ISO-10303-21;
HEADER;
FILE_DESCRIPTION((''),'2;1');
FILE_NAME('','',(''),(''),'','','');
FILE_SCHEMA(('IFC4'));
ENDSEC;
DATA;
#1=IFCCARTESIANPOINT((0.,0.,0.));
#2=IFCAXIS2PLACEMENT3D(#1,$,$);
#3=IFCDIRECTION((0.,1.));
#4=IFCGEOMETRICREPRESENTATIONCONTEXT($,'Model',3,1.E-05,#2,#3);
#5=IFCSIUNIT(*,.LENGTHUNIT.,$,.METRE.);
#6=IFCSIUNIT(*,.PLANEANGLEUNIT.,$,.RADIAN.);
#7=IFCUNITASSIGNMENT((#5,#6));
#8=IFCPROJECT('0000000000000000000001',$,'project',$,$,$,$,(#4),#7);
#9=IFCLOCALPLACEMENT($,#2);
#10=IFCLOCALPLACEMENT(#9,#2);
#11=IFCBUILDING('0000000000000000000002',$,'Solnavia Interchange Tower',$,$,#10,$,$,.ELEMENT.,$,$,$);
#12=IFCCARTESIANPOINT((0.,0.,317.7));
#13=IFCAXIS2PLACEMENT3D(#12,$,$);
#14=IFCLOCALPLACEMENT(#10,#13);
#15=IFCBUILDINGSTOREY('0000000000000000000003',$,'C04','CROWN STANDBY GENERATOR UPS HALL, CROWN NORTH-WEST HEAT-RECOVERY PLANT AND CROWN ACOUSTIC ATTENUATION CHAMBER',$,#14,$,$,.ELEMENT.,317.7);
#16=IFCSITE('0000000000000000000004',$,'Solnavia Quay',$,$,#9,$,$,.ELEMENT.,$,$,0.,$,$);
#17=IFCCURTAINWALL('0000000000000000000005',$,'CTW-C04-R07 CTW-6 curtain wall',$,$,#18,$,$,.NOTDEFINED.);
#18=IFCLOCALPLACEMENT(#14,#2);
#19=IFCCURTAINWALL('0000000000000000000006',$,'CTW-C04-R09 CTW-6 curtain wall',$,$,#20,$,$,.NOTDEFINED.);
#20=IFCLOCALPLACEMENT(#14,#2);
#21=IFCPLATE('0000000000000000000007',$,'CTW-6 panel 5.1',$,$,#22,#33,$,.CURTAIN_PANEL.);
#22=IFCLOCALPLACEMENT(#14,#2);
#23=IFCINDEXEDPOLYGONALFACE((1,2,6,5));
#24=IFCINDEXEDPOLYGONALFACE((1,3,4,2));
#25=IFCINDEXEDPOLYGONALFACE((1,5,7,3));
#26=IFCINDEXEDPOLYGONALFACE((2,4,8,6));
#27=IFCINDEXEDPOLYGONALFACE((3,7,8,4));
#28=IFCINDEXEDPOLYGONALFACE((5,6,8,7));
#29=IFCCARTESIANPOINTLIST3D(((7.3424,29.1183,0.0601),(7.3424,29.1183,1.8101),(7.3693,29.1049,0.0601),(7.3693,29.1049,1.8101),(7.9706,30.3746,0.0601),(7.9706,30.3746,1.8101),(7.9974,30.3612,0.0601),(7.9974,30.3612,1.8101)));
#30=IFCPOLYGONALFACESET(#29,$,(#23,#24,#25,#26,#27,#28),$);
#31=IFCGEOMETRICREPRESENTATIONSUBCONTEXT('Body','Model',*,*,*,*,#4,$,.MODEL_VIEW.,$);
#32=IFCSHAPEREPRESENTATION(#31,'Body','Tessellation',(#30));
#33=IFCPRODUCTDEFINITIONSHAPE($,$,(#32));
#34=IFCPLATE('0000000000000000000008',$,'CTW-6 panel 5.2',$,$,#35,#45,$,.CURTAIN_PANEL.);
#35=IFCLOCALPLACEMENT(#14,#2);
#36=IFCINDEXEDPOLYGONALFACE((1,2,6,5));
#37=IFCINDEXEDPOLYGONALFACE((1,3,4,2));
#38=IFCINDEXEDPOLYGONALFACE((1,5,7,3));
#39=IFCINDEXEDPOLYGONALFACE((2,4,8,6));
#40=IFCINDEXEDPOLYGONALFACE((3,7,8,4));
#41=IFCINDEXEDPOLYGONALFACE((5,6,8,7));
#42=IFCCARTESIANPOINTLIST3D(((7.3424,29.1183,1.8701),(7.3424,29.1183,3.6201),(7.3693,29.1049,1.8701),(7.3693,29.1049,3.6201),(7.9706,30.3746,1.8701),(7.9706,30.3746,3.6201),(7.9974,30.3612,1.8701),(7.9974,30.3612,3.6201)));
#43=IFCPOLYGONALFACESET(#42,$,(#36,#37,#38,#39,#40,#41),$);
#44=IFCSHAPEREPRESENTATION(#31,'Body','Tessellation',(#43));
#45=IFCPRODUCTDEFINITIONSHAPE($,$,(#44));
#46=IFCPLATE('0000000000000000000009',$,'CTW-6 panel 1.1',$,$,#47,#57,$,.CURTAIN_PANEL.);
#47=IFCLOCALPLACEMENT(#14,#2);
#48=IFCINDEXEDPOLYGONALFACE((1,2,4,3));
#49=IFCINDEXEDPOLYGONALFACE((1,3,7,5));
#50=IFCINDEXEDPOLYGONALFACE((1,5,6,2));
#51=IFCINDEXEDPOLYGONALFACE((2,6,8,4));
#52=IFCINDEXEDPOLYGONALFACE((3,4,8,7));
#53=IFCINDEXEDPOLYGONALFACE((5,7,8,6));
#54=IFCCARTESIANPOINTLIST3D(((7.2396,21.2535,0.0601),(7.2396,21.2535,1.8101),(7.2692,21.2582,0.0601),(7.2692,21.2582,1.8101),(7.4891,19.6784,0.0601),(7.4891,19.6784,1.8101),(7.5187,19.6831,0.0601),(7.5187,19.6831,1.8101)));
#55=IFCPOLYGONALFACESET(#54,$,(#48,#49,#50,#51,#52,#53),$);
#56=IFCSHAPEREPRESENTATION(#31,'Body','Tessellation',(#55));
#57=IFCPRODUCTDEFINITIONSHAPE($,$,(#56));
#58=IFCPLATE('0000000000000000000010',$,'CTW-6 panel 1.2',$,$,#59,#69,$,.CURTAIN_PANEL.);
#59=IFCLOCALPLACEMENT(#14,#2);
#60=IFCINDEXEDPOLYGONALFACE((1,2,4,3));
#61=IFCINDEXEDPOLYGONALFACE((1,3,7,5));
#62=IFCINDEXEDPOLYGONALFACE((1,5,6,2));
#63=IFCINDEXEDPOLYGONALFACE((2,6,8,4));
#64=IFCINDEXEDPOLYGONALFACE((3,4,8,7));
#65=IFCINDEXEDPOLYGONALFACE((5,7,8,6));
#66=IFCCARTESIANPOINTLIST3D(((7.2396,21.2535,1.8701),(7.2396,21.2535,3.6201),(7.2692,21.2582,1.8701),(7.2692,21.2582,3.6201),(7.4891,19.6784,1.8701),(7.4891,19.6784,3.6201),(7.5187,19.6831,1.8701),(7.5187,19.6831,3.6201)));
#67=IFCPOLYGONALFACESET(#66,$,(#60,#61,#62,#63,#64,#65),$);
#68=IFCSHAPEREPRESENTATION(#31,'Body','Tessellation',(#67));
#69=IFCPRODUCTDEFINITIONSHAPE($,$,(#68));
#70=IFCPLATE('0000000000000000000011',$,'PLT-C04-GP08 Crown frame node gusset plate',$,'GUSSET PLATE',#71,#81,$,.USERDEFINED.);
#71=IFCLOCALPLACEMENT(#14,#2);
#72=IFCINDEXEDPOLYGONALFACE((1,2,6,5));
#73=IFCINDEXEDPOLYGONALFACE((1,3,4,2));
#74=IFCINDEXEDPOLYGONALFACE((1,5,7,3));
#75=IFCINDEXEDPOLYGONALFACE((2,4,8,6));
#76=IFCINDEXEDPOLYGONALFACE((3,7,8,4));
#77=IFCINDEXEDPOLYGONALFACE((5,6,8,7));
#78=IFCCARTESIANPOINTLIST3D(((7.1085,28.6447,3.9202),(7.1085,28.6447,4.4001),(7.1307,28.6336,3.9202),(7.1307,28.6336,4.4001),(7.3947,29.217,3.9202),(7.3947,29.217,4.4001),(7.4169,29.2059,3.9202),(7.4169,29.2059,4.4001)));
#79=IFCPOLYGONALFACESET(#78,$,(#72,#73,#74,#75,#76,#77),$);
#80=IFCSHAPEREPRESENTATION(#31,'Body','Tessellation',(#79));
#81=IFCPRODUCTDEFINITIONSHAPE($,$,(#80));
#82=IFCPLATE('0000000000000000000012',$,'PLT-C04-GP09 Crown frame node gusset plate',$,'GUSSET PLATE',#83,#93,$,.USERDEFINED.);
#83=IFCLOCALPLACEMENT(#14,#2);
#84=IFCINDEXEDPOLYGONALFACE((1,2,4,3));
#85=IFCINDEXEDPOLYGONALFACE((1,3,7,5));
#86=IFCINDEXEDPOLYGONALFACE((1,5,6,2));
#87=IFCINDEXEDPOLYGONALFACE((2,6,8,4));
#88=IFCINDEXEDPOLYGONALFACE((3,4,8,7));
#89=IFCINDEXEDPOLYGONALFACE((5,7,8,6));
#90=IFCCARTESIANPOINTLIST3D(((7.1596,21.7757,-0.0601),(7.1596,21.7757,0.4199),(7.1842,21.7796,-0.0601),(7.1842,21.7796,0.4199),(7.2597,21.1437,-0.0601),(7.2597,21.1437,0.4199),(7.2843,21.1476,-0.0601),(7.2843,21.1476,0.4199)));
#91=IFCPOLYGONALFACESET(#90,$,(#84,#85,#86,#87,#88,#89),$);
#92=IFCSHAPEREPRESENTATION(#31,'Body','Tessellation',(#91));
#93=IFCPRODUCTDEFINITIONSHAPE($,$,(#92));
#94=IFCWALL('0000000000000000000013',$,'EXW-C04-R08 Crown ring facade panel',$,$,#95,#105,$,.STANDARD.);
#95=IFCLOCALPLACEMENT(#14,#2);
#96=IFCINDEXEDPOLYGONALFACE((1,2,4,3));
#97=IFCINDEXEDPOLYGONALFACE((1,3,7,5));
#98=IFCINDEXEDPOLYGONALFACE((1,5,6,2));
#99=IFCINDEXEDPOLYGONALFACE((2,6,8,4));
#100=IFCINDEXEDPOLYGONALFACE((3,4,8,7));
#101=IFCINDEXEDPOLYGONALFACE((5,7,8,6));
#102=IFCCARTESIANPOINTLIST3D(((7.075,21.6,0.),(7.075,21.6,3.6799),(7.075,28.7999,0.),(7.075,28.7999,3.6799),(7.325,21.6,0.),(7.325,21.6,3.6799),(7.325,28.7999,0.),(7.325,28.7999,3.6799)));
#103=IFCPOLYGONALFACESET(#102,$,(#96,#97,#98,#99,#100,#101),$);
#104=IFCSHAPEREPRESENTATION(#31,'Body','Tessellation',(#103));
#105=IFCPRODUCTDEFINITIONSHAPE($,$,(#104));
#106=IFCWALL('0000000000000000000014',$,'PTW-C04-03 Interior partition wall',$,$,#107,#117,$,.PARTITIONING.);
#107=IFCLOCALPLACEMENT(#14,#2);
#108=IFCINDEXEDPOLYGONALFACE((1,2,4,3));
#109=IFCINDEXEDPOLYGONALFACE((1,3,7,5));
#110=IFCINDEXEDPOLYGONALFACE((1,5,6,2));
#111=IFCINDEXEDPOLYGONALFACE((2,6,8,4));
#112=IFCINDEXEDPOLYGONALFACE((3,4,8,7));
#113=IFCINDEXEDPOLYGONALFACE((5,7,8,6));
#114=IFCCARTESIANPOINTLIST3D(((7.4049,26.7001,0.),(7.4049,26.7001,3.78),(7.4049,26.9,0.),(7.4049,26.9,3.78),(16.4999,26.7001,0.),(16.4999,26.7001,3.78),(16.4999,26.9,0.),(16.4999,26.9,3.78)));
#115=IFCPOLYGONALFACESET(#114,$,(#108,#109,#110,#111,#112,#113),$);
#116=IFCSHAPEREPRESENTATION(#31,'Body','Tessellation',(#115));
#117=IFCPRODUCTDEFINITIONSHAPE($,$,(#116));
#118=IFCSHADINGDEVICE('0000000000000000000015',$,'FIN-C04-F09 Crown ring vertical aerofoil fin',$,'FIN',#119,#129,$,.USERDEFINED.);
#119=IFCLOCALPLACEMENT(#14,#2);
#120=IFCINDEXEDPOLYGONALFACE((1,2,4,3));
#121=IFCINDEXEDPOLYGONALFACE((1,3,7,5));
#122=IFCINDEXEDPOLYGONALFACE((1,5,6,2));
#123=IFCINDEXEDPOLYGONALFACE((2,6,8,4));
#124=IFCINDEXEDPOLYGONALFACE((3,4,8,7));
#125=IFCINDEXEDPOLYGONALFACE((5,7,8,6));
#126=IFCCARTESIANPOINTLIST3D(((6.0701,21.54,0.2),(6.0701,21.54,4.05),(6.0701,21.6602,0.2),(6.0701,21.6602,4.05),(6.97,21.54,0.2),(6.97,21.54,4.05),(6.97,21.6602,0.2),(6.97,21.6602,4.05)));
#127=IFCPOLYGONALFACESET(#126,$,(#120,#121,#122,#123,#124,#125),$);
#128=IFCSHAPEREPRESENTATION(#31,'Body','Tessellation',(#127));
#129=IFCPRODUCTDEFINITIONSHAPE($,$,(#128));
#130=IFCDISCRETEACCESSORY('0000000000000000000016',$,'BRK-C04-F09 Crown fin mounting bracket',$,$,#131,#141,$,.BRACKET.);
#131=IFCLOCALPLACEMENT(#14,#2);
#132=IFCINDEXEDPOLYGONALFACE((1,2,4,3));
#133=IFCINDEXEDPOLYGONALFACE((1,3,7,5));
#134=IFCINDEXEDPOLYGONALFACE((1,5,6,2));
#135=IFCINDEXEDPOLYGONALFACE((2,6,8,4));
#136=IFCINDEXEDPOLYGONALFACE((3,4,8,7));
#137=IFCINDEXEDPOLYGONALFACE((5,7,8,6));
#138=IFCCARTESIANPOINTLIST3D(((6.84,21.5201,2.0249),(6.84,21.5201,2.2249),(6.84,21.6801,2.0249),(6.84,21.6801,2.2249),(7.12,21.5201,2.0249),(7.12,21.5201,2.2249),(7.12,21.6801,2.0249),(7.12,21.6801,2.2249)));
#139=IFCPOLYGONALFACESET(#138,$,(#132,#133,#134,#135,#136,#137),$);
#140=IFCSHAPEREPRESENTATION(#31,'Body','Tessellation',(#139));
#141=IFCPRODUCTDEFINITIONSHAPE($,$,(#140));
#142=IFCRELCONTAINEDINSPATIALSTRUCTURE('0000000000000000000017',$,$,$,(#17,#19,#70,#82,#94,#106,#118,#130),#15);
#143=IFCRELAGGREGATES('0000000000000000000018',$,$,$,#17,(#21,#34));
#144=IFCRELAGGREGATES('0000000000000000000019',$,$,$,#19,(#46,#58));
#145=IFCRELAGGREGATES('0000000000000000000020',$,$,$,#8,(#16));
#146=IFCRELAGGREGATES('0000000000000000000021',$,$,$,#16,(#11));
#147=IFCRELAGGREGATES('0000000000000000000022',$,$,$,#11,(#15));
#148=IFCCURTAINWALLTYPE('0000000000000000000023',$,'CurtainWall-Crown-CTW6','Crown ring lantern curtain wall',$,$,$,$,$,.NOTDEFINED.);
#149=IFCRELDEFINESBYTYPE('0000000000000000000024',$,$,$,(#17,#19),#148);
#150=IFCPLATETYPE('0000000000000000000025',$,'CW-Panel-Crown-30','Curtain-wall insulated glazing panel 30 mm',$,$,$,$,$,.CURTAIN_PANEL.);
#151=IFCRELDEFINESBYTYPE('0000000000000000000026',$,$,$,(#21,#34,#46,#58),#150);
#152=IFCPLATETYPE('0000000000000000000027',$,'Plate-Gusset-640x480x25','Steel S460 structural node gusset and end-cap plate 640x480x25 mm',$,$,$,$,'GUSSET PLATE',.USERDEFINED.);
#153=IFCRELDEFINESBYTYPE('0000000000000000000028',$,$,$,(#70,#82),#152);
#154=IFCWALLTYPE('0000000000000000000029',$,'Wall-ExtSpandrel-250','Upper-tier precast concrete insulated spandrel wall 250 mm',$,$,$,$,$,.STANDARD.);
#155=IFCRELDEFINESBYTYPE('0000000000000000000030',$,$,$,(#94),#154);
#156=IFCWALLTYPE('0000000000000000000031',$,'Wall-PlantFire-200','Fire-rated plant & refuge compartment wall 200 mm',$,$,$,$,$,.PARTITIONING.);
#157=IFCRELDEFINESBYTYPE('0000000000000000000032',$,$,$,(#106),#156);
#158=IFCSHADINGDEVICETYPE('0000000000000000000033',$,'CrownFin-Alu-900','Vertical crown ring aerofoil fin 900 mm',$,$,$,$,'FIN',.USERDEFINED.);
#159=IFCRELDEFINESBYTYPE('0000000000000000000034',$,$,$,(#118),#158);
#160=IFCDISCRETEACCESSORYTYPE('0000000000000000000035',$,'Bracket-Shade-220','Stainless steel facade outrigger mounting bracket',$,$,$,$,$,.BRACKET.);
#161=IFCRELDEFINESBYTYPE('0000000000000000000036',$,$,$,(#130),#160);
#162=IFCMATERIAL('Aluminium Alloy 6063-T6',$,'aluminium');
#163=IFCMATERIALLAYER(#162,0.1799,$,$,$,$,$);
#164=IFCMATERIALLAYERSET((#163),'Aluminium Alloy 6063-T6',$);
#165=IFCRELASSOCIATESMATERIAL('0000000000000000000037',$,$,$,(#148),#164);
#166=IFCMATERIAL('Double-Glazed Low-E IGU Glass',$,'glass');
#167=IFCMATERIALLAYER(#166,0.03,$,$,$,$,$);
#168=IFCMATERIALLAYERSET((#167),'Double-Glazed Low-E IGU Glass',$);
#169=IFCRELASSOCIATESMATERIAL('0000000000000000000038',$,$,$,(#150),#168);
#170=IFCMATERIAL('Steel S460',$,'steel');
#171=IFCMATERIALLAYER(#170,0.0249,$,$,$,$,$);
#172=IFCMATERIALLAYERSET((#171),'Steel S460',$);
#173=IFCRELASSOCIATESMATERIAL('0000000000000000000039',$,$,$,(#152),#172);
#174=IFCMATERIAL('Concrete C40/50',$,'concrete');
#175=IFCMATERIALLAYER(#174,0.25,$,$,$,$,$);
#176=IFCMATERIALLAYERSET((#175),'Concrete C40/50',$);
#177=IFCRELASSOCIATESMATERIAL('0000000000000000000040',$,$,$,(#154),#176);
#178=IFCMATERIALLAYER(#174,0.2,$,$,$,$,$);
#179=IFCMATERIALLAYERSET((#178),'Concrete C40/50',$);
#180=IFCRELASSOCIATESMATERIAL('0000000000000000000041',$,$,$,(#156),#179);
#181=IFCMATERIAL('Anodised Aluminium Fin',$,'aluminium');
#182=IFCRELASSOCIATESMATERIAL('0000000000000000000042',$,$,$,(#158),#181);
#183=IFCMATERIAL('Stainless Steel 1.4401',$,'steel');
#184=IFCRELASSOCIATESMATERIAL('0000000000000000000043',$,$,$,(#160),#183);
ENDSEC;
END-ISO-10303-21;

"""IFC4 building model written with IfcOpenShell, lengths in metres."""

from ifc_helpers import new_model, si_unit, direction, frame, frame_2d, origin, origin_2d, place, context, subcontext, project, spatial, rectangle, extrude, material, layer, layer_set, type_object, element, aggregate, save


model = new_model("IFC4")

# Units and contexts
model_context = context("Model", 3, precision=1e-05, world=origin(), true_north=direction((0.0, 1.0)))
body_context = subcontext(model_context, "Body", "Model", "MODEL_VIEW")
ifc_project = project(units=[si_unit("LENGTHUNIT", "METRE"), si_unit("PLANEANGLEUNIT", "RADIAN")], contexts=[model_context])

# Site, building, storey
site_placement = place(None, origin())
site = spatial("IfcSite", under=ifc_project, at=site_placement, Name="Solnavia Quay", CompositionType="ELEMENT", RefElevation=0.0)
building_placement = place(site_placement, origin())
building = spatial("IfcBuilding", under=site, at=building_placement, Name="Solnavia Interchange Tower", CompositionType="ELEMENT")
storey_placement = place(building_placement, frame((0.0, 0.0, 317.7)))
storey = spatial("IfcBuildingStorey", under=building, at=storey_placement, Name="C04", Description="CROWN STANDBY GENERATOR UPS HALL, CROWN NORTH-WEST HEAT-RECOVERY PLANT AND CROWN ACOUSTIC ATTENUATION CHAMBER", CompositionType="ELEMENT", Elevation=317.7)

# Shared definitions
ifc_material_1 = material(Name="Steel S460", Category="steel")

# Curtain walls
ifc_material_2 = material(Name="Aluminium Alloy 6063-T6", Category="aluminium")
ifc_layer_1 = layer(ifc_material_2, 0.1799)
ifc_layer_set_1 = layer_set([ifc_layer_1], Name="Aluminium Alloy 6063-T6")
curtain_wall_type = type_object("IfcCurtainWallType", Name="CurtainWall-Crown-CTW6", Description="Crown ring lantern curtain wall", PredefinedType="NOTDEFINED", material=ifc_layer_set_1)
curtain_wall_1_placement = place(storey_placement, origin())
curtain_wall_1 = element("IfcCurtainWall", 1, at=curtain_wall_1_placement, inside=storey, type_object=curtain_wall_type, Name="CTW-C04-R07 CTW-6 curtain wall", PredefinedType="NOTDEFINED")
curtain_wall_2_placement = place(storey_placement, origin())
curtain_wall_2 = element("IfcCurtainWall", 2, at=curtain_wall_2_placement, inside=storey, type_object=curtain_wall_type, Name="CTW-C04-R09 CTW-6 curtain wall", PredefinedType="NOTDEFINED")

# Plates
ifc_material_3 = material(Name="Double-Glazed Low-E IGU Glass", Category="glass")
ifc_layer_2 = layer(ifc_material_3, 0.03)
ifc_layer_set_2 = layer_set([ifc_layer_2], Name="Double-Glazed Low-E IGU Glass")
plate_type_1 = type_object("IfcPlateType", Name="CW-Panel-Crown-30", Description="Curtain-wall insulated glazing panel 30 mm", PredefinedType="CURTAIN_PANEL", material=ifc_layer_set_2)
plate_1_placement = place(storey_placement, frame((7.6699, 29.7397, 0.0601), z_axis=(0.0, 0.0, 1.0), x_axis=(-0.447214, -0.894427, 0.0)))
plate_1 = element("IfcPlate", 3, at=plate_1_placement, type_object=plate_type_1, Name="CTW-6 panel 5.1", PredefinedType="CURTAIN_PANEL", context=body_context, shape_type="SweptSolid", body=[
    extrude(rectangle(XDim=1.4045, YDim=0.03, at=origin_2d()), origin(), (0.0, 0.0, 1.0), 1.75),
])
plate_2_placement = place(storey_placement, frame((7.6699, 29.7397, 1.8701), z_axis=(0.0, 0.0, 1.0), x_axis=(-0.447214, -0.894427, 0.0)))
plate_2 = element("IfcPlate", 4, at=plate_2_placement, type_object=plate_type_1, Name="CTW-6 panel 5.2", PredefinedType="CURTAIN_PANEL", context=body_context, shape_type="SweptSolid", body=[
    extrude(rectangle(XDim=1.4045, YDim=0.03, at=origin_2d()), origin(), (0.0, 0.0, 1.0), 1.75),
])
aggregate(curtain_wall_1, [plate_1, plate_2])
plate_3_placement = place(storey_placement, frame((7.3792, 20.4683, 0.0601), z_axis=(0.0, 0.0, 1.0), x_axis=(0.156456, -0.987685, 0.0)))
plate_3 = element("IfcPlate", 5, at=plate_3_placement, type_object=plate_type_1, Name="CTW-6 panel 1.1", PredefinedType="CURTAIN_PANEL", context=body_context, shape_type="SweptSolid", body=[
    extrude(rectangle(XDim=1.5947, YDim=0.03, at=origin_2d()), origin(), (0.0, 0.0, 1.0), 1.75),
])
plate_4_placement = place(storey_placement, frame((7.3792, 20.4683, 1.8701), z_axis=(0.0, 0.0, 1.0), x_axis=(0.156456, -0.987685, 0.0)))
plate_4 = element("IfcPlate", 6, at=plate_4_placement, type_object=plate_type_1, Name="CTW-6 panel 1.2", PredefinedType="CURTAIN_PANEL", context=body_context, shape_type="SweptSolid", body=[
    extrude(rectangle(XDim=1.5947, YDim=0.03, at=origin_2d()), origin(), (0.0, 0.0, 1.0), 1.75),
])
aggregate(curtain_wall_2, [plate_3, plate_4])

# Plates
ifc_layer_3 = layer(ifc_material_1, 0.0249)
ifc_layer_set_3 = layer_set([ifc_layer_3], Name="Steel S460")
plate_type_2 = type_object("IfcPlateType", Name="Plate-Gusset-640x480x25", Description="Steel S460 structural node gusset and end-cap plate 640x480x25 mm", ElementType="GUSSET PLATE", PredefinedType="USERDEFINED", material=ifc_layer_set_3)
for number, where, z_axis, x_axis, name in (
    (7, (7.2627, 28.9253, 3.9202), (0.0, 0.0, 1.0), (-0.447291, -0.894389, 0.0), "PLT-C04-GP08 Crown frame node gusset plate"),
    (8, (7.2219, 21.4617, -0.0601), (0.0, 0.0, 1.0), (0.156434, -0.987688, 0.0), "PLT-C04-GP09 Crown frame node gusset plate"),
):
    element("IfcPlate", number, at=place(storey_placement, frame(where, z_axis=z_axis, x_axis=x_axis)), inside=storey, type_object=plate_type_2, Name=name, ObjectType="GUSSET PLATE", PredefinedType="USERDEFINED", context=body_context, shape_type="SweptSolid", body=[
        extrude(rectangle(XDim=0.6399, YDim=0.0249, at=origin_2d()), origin(), (0.0, 0.0, 1.0), 0.48),
    ])

# Walls
ifc_material_4 = material(Name="Concrete C40/50", Category="concrete")
ifc_layer_4 = layer(ifc_material_4, 0.25)
ifc_layer_set_4 = layer_set([ifc_layer_4], Name="Concrete C40/50")
wall_type_1 = type_object("IfcWallType", Name="Wall-ExtSpandrel-250", Description="Upper-tier precast concrete insulated spandrel wall 250 mm", PredefinedType="STANDARD", material=ifc_layer_set_4)
wall_1_placement = place(storey_placement, frame((7.2, 28.8, 0.0), z_axis=(0.0, 0.0, 1.0), x_axis=(0.0, -1.0, 0.0)))
element("IfcWall", 9, at=wall_1_placement, inside=storey, type_object=wall_type_1, Name="EXW-C04-R08 Crown ring facade panel", PredefinedType="STANDARD", context=body_context, shape_type="SweptSolid", body=[
    extrude(rectangle(XDim=7.2, YDim=0.25, at=frame_2d((3.6001, 0.0))), origin(), (0.0, 0.0, 1.0), 3.6799),
])
ifc_layer_5 = layer(ifc_material_4, 0.2)
ifc_layer_set_5 = layer_set([ifc_layer_5], Name="Concrete C40/50")
wall_type_2 = type_object("IfcWallType", Name="Wall-PlantFire-200", Description="Fire-rated plant & refuge compartment wall 200 mm", PredefinedType="PARTITIONING", material=ifc_layer_set_5)
wall_2_placement = place(storey_placement, frame((7.405, 26.8, 0.0), z_axis=(0.0, 0.0, 1.0), x_axis=(1.0, 0.0, 0.0)))
element("IfcWall", 10, at=wall_2_placement, inside=storey, type_object=wall_type_2, Name="PTW-C04-03 Interior partition wall", PredefinedType="PARTITIONING", context=body_context, shape_type="SweptSolid", body=[
    extrude(rectangle(XDim=9.095, YDim=0.2, at=frame_2d((4.5474, 0.0))), origin(), (0.0, 0.0, 1.0), 3.78),
])

# Shading device
ifc_material_5 = material(Name="Anodised Aluminium Fin", Category="aluminium")
shading_device_type = type_object("IfcShadingDeviceType", Name="CrownFin-Alu-900", Description="Vertical crown ring aerofoil fin 900 mm", ElementType="FIN", PredefinedType="USERDEFINED", material=ifc_material_5)
shading_device_placement = place(storey_placement, frame((6.52, 21.6001, 0.2), z_axis=(0.0, 0.0, 1.0), x_axis=(-1.0, 0.0, 0.0)))
element("IfcShadingDevice", 11, at=shading_device_placement, inside=storey, type_object=shading_device_type, Name="FIN-C04-F09 Crown ring vertical aerofoil fin", ObjectType="FIN", PredefinedType="USERDEFINED", context=body_context, shape_type="SweptSolid", body=[
    extrude(rectangle(XDim=0.8999, YDim=0.1201, at=origin_2d()), origin(), (0.0, 0.0, 1.0), 3.8501),
])

# Discrete accessory
ifc_material_6 = material(Name="Stainless Steel 1.4401", Category="steel")
discrete_accessory_type = type_object("IfcDiscreteAccessoryType", Name="Bracket-Shade-220", Description="Stainless steel facade outrigger mounting bracket", PredefinedType="BRACKET", material=ifc_material_6)
discrete_accessory_placement = place(storey_placement, frame((6.98, 21.6001, 2.0249), z_axis=(0.0, 0.0, 1.0), x_axis=(-1.0, 0.0, 0.0)))
element("IfcDiscreteAccessory", 12, at=discrete_accessory_placement, inside=storey, type_object=discrete_accessory_type, Name="BRK-C04-F09 Crown fin mounting bracket", PredefinedType="BRACKET", context=body_context, shape_type="SweptSolid", body=[
    extrude(rectangle(XDim=0.28, YDim=0.1599, at=origin_2d()), origin(), (0.0, 0.0, 1.0), 0.2),
])

save(model, "model.ifc")
